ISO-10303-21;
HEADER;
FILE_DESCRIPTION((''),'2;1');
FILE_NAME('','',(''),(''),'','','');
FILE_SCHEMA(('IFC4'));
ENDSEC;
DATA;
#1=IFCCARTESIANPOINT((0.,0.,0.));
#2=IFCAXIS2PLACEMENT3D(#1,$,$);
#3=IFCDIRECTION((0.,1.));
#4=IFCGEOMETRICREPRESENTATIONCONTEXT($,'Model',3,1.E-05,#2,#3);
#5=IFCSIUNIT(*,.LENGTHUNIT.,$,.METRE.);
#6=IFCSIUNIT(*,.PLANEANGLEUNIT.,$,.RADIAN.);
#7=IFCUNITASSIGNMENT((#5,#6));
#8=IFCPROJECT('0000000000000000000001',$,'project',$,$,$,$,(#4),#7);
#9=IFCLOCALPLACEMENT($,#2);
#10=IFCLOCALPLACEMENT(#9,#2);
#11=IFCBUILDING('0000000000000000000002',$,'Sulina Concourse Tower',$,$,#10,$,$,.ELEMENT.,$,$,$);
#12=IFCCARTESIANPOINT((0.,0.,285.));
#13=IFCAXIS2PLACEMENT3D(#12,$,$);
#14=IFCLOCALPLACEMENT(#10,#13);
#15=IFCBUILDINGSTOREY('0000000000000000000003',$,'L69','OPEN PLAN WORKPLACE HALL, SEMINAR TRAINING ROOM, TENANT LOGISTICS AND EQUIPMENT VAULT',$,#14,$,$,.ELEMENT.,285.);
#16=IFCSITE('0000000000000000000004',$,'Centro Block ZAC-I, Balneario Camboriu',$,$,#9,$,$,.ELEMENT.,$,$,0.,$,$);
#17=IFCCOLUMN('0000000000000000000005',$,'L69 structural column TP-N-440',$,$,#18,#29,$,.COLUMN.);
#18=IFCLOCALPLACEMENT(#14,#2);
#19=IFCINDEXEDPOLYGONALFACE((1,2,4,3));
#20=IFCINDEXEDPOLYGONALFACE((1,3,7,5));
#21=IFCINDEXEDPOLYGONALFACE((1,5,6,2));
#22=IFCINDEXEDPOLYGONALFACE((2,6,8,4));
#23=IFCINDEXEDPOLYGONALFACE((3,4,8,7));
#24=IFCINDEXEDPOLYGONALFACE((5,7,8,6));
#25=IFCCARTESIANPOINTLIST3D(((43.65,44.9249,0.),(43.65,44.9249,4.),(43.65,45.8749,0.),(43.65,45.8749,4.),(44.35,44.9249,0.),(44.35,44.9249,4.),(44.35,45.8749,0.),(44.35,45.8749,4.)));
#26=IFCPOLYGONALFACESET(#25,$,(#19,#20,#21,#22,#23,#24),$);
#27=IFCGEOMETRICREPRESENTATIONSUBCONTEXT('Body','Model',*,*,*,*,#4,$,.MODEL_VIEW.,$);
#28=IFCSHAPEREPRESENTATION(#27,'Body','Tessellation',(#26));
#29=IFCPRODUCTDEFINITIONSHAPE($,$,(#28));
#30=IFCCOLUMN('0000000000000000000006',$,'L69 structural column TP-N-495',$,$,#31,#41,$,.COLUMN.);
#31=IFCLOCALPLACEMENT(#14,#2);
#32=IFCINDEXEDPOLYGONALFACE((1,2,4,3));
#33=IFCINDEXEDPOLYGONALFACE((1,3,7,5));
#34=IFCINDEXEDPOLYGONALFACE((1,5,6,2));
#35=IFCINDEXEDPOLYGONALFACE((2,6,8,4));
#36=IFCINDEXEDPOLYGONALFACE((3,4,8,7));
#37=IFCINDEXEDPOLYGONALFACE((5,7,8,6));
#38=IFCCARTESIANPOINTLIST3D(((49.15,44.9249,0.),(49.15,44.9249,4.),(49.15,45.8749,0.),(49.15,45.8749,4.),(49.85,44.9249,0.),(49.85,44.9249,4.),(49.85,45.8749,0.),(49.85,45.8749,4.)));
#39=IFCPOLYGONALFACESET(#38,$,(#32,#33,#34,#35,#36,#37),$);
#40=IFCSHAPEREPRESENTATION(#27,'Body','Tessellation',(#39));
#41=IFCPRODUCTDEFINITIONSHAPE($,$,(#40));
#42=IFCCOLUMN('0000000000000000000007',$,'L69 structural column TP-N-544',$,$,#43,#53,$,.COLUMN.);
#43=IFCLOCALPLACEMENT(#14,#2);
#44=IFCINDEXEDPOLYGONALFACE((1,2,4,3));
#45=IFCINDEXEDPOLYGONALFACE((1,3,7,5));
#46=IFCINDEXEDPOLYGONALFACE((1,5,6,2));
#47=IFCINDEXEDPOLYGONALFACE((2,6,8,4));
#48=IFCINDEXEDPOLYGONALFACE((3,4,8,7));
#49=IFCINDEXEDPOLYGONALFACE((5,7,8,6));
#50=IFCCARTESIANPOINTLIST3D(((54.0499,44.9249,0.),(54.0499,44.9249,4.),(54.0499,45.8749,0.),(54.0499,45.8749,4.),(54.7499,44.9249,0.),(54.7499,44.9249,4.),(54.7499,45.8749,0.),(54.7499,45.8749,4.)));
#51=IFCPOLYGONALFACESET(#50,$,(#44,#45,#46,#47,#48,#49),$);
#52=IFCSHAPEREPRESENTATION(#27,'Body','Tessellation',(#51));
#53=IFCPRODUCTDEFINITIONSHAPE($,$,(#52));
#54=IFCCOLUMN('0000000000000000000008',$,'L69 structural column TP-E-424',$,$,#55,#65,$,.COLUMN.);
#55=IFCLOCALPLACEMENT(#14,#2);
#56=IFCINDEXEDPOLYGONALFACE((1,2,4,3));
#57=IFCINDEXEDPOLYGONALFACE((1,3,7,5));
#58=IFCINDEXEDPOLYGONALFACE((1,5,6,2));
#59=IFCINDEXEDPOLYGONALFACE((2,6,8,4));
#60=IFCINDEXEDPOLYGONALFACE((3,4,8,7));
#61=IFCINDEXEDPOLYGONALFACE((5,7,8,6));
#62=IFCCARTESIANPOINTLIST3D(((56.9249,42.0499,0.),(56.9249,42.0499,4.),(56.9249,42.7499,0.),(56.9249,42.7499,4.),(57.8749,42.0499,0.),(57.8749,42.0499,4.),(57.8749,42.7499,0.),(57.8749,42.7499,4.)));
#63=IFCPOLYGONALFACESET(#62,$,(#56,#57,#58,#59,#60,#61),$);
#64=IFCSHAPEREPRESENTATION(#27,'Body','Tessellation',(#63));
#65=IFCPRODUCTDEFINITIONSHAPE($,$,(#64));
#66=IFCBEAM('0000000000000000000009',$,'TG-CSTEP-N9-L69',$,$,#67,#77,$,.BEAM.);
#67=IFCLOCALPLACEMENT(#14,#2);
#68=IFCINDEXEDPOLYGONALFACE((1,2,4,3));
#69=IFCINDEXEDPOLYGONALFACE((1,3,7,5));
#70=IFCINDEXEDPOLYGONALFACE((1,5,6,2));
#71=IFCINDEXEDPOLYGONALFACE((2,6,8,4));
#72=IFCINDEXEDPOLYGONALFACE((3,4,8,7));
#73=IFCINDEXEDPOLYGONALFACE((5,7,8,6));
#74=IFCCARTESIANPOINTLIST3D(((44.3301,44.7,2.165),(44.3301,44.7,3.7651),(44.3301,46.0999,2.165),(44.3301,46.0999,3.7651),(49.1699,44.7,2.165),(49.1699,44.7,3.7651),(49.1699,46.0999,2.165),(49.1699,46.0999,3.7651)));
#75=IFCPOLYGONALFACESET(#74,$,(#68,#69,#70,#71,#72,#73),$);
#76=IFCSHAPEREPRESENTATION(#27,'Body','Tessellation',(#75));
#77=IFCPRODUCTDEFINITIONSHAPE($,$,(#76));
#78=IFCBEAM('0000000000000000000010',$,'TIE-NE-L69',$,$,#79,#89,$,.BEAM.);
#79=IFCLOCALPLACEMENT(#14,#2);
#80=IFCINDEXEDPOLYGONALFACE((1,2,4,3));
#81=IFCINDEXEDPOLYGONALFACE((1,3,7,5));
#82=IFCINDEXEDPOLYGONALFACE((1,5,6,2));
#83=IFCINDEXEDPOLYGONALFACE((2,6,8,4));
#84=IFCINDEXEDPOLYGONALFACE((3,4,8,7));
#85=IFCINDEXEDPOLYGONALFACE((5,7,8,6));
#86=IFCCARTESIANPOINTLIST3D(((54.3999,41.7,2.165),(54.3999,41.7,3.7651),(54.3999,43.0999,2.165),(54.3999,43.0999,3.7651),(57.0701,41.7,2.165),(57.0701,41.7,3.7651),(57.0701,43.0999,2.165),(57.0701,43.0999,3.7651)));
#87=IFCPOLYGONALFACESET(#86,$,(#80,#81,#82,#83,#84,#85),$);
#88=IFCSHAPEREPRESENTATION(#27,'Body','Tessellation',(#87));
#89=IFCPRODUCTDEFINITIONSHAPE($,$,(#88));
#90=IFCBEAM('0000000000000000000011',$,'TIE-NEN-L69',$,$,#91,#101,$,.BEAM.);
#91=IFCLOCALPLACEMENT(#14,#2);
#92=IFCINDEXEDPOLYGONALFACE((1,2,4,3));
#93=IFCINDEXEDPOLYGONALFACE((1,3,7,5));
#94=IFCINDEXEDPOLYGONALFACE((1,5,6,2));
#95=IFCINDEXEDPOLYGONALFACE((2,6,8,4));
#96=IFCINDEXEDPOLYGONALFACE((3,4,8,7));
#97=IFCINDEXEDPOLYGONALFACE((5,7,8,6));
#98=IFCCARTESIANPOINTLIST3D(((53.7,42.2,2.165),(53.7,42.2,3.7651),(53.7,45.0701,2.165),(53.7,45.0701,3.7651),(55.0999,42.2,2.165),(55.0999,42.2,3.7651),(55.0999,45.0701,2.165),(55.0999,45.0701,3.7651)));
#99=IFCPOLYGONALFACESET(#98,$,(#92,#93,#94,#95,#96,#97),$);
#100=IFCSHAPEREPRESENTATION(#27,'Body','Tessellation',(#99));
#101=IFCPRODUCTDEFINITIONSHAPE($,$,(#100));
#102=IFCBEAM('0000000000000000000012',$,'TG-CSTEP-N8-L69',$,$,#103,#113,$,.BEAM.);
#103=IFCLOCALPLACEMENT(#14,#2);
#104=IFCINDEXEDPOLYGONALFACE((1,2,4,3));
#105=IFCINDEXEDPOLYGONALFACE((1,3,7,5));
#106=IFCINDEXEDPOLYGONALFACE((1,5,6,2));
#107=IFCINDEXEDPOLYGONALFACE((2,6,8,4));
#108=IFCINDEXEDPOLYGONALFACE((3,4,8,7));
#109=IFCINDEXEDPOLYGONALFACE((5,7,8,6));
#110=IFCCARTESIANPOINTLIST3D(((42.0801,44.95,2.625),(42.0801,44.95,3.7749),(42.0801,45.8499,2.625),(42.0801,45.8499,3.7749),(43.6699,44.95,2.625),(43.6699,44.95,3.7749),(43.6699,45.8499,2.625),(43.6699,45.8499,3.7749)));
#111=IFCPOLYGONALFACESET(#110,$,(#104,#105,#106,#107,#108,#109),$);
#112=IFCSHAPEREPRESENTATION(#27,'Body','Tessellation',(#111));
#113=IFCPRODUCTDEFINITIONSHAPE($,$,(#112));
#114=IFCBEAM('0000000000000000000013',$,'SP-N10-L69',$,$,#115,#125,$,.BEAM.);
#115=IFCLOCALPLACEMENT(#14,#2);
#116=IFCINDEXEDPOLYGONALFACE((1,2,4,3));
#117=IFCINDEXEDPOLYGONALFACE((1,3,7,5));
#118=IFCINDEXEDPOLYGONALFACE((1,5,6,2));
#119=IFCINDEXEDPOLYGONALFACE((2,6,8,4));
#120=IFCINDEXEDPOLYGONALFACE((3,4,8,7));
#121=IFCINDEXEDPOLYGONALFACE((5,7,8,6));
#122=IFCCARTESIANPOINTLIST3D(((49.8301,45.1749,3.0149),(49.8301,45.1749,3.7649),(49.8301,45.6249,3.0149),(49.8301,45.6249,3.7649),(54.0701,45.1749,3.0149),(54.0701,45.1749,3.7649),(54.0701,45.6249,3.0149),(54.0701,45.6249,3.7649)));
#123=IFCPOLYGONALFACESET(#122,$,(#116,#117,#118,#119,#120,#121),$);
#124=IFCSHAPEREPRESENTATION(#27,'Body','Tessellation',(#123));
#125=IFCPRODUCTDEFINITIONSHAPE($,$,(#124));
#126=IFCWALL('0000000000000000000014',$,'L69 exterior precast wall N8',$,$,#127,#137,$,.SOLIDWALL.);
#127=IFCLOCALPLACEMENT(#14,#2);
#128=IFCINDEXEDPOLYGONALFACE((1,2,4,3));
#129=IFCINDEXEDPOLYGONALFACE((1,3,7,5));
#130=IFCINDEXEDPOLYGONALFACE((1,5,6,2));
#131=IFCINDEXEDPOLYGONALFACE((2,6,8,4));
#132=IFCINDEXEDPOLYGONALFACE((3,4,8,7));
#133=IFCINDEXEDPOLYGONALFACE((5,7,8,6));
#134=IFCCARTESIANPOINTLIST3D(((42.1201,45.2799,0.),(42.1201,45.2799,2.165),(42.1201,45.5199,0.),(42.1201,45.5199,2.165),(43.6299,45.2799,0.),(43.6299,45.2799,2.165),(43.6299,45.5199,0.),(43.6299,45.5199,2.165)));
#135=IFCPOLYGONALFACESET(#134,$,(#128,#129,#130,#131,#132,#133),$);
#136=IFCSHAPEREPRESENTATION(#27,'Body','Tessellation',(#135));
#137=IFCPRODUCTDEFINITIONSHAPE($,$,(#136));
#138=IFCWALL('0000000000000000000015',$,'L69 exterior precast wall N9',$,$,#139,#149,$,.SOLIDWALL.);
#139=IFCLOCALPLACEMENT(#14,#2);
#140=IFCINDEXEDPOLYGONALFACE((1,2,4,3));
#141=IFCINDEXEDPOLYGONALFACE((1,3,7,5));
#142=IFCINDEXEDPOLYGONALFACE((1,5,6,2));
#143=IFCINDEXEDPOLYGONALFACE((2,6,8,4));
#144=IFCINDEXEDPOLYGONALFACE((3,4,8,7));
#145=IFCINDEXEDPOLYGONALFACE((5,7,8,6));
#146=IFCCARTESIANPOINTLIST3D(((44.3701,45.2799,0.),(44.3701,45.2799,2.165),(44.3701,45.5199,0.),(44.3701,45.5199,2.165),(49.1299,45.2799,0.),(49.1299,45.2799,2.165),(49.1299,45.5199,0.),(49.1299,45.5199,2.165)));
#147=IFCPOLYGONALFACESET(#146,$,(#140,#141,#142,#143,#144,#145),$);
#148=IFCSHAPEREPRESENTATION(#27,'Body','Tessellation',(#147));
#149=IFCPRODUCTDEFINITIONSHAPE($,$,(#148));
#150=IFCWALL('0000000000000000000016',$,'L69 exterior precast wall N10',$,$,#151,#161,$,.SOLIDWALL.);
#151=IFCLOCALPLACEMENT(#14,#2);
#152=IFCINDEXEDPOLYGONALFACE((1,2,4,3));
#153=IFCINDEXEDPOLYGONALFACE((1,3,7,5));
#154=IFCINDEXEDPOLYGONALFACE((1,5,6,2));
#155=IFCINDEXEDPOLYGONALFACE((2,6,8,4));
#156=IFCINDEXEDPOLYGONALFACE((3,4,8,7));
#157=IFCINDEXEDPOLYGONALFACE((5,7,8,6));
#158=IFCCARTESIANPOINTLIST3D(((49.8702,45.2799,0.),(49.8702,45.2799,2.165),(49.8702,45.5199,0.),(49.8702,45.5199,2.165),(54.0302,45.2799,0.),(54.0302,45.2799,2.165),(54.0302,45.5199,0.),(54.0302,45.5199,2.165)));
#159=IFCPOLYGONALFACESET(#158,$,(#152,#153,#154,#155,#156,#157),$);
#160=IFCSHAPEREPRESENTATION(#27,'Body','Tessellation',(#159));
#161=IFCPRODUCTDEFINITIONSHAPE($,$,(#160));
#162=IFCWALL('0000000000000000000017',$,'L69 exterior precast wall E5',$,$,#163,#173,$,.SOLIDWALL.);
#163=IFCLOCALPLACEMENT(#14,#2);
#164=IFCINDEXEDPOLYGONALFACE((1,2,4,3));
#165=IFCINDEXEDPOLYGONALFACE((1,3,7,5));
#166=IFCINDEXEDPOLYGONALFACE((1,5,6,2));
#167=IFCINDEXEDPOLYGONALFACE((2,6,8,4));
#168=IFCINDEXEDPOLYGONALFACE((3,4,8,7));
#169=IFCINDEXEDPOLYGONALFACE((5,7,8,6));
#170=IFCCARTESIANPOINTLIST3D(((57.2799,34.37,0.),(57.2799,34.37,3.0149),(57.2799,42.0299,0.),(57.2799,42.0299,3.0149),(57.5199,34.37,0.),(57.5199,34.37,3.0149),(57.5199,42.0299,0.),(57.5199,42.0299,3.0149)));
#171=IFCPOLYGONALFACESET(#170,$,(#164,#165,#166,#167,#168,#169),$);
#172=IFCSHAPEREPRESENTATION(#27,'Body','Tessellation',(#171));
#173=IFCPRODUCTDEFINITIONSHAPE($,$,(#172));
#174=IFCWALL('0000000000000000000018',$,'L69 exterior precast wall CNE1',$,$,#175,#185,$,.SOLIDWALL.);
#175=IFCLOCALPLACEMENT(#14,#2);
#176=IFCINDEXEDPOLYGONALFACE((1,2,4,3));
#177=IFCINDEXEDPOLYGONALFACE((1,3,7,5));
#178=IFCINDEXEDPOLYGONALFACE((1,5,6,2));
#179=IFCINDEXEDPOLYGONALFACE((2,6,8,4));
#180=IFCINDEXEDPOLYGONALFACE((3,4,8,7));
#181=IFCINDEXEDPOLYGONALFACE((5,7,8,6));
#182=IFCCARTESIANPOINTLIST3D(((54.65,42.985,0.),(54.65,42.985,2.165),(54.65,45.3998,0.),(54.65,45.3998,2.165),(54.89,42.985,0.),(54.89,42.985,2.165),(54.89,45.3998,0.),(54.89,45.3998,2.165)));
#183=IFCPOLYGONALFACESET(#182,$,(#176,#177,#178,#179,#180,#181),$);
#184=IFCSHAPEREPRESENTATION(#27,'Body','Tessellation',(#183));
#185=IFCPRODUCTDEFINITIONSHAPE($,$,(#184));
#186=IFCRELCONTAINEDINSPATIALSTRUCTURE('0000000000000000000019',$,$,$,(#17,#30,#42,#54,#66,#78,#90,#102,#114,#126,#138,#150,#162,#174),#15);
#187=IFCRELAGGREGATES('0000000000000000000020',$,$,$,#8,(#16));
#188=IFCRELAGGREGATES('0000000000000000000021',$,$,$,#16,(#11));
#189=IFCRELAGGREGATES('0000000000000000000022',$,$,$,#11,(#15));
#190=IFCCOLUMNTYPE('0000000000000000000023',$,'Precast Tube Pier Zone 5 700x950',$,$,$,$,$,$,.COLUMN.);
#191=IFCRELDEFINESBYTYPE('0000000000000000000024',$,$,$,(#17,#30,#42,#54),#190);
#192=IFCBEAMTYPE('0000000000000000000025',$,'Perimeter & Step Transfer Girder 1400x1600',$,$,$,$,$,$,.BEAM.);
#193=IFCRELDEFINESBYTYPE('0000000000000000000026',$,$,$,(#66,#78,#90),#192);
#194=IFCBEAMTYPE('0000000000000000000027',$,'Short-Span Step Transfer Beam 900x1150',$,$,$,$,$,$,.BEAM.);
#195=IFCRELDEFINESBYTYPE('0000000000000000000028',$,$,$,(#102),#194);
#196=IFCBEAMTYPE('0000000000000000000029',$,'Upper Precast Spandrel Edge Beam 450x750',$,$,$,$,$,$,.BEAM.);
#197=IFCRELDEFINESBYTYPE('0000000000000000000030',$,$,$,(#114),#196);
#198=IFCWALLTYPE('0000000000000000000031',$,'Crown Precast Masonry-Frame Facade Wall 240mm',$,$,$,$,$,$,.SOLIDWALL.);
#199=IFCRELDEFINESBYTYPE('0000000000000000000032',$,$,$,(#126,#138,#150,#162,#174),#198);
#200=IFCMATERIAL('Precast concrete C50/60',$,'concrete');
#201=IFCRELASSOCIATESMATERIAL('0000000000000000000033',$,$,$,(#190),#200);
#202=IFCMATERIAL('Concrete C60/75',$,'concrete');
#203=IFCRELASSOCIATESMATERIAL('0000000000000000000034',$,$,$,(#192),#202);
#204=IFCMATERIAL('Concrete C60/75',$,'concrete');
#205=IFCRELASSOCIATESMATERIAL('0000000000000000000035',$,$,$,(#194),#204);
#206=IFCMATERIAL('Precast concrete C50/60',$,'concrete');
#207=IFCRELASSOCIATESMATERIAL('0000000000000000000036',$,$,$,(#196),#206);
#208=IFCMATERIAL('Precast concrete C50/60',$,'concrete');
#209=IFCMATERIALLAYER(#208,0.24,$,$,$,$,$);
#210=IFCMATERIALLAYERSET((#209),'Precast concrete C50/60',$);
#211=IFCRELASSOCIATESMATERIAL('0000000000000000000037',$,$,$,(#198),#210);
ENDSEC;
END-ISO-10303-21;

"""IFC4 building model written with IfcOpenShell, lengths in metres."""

from ifc_helpers import new_model, si_unit, direction, frame, frame_2d, origin, origin_2d, place, context, subcontext, project, spatial, rectangle, extrude, material, layer, layer_set, material_profile, profile_set, type_object, element, save


model = new_model("IFC4")

# Units and contexts
model_context = context("Model", 3, precision=1e-05, world=origin(), true_north=direction((0.0, 1.0)))
body_context = subcontext(model_context, "Body", "Model", "MODEL_VIEW")
ifc_project = project(units=[si_unit("LENGTHUNIT", "METRE"), si_unit("PLANEANGLEUNIT", "RADIAN")], contexts=[model_context])

# Site, building, storey
site_placement = place(None, origin())
site = spatial("IfcSite", under=ifc_project, at=site_placement, Name="Centro Block ZAC-I, Balneario Camboriu", CompositionType="ELEMENT", RefElevation=0.0)
building_placement = place(site_placement, origin())
building = spatial("IfcBuilding", under=site, at=building_placement, Name="Sulina Concourse Tower", CompositionType="ELEMENT")
storey_placement = place(building_placement, frame((0.0, 0.0, 285.0)))
storey = spatial("IfcBuildingStorey", under=building, at=storey_placement, Name="L69", Description="OPEN PLAN WORKPLACE HALL, SEMINAR TRAINING ROOM, TENANT LOGISTICS AND EQUIPMENT VAULT", CompositionType="ELEMENT", Elevation=285.0)

# Columns
ifc_material_1 = material(Name="Precast concrete C50/60", Category="concrete")
ifc_material_profile_1 = material_profile(ifc_material_1, rectangle(XDim=0.7, YDim=0.95, at=origin_2d()), Name="PC 700x950")
ifc_profile_set_1 = profile_set([ifc_material_profile_1], Name="Precast concrete C50/60")
column_type = type_object("IfcColumnType", Name="Precast Tube Pier Zone 5 700x950", PredefinedType="COLUMN", material=ifc_profile_set_1)
for number, where, z_axis, x_axis, name in (
    (1, (44.0, 45.3999, 0.0), (0.0, 0.0, 1.0), (1.0, 0.0, 0.0), "L69 structural column TP-N-440"),
    (2, (49.5, 45.3999, 0.0), (0.0, 0.0, 1.0), (1.0, 0.0, 0.0), "L69 structural column TP-N-495"),
    (3, (54.3999, 45.3999, 0.0), (0.0, 0.0, 1.0), (1.0, 0.0, 0.0), "L69 structural column TP-N-544"),
    (4, (57.3999, 42.3999, 0.0), (0.0, 0.0, 1.0), (0.0, 1.0, 0.0), "L69 structural column TP-E-424"),
):
    element("IfcColumn", number, at=place(storey_placement, frame(where, z_axis=z_axis, x_axis=x_axis)), inside=storey, type_object=column_type, Name=name, PredefinedType="COLUMN", context=body_context, shape_type="SweptSolid", body=[
        extrude(rectangle(XDim=0.7, YDim=0.95, at=origin_2d()), origin(), (0.0, 0.0, 1.0), 4.0),
    ])

# Beams
ifc_material_2 = material(Name="Concrete C60/75", Category="concrete")
ifc_material_profile_2 = material_profile(ifc_material_2, rectangle(XDim=1.3999, YDim=1.6001, at=origin_2d()), Name="RC 1400x1600")
ifc_profile_set_2 = profile_set([ifc_material_profile_2], Name="Concrete C60/75")
beam_type_1 = type_object("IfcBeamType", Name="Perimeter & Step Transfer Girder 1400x1600", PredefinedType="BEAM", material=ifc_profile_set_2)
beam_1_placement = place(storey_placement, frame((44.3301, 45.3999, 2.9651), z_axis=(1.0, 0.0, 0.0), x_axis=(0.0, 1.0, 0.0)))
element("IfcBeam", 5, at=beam_1_placement, inside=storey, type_object=beam_type_1, Name="TG-CSTEP-N9-L69", PredefinedType="BEAM", context=body_context, shape_type="SweptSolid", body=[
    extrude(rectangle(XDim=1.3999, YDim=1.6001, at=origin_2d()), origin(), (0.0, 0.0, 1.0), 4.8398),
])
beam_2_placement = place(storey_placement, frame((54.3999, 42.3999, 2.9651), z_axis=(1.0, 0.0, 0.0), x_axis=(0.0, 1.0, 0.0)))
element("IfcBeam", 6, at=beam_2_placement, inside=storey, type_object=beam_type_1, Name="TIE-NE-L69", PredefinedType="BEAM", context=body_context, shape_type="SweptSolid", body=[
    extrude(rectangle(XDim=1.3999, YDim=1.6001, at=origin_2d()), origin(), (0.0, 0.0, 1.0), 2.6702),
])
beam_3_placement = place(storey_placement, frame((54.3999, 42.2, 2.9651), z_axis=(0.0, 1.0, 0.0), x_axis=(-1.0, 0.0, 0.0)))
element("IfcBeam", 7, at=beam_3_placement, inside=storey, type_object=beam_type_1, Name="TIE-NEN-L69", PredefinedType="BEAM", context=body_context, shape_type="SweptSolid", body=[
    extrude(rectangle(XDim=1.3999, YDim=1.6001, at=origin_2d()), origin(), (0.0, 0.0, 1.0), 2.8701),
])
ifc_material_3 = material(Name="Concrete C60/75", Category="concrete")
ifc_material_profile_3 = material_profile(ifc_material_3, rectangle(XDim=0.8999, YDim=1.1499, at=origin_2d()), Name="RC 900x1150")
ifc_profile_set_3 = profile_set([ifc_material_profile_3], Name="Concrete C60/75")
beam_type_2 = type_object("IfcBeamType", Name="Short-Span Step Transfer Beam 900x1150", PredefinedType="BEAM", material=ifc_profile_set_3)
beam_4_placement = place(storey_placement, frame((42.0801, 45.3999, 3.2), z_axis=(1.0, 0.0, 0.0), x_axis=(0.0, 1.0, 0.0)))
element("IfcBeam", 8, at=beam_4_placement, inside=storey, type_object=beam_type_2, Name="TG-CSTEP-N8-L69", PredefinedType="BEAM", context=body_context, shape_type="SweptSolid", body=[
    extrude(rectangle(XDim=0.8999, YDim=1.1499, at=origin_2d()), origin(), (0.0, 0.0, 1.0), 1.5898),
])
ifc_material_4 = material(Name="Precast concrete C50/60", Category="concrete")
ifc_material_profile_4 = material_profile(ifc_material_4, rectangle(XDim=0.45, YDim=0.75, at=origin_2d()), Name="RC 450x750")
ifc_profile_set_4 = profile_set([ifc_material_profile_4], Name="Precast concrete C50/60")
beam_type_3 = type_object("IfcBeamType", Name="Upper Precast Spandrel Edge Beam 450x750", PredefinedType="BEAM", material=ifc_profile_set_4)
beam_5_placement = place(storey_placement, frame((49.8301, 45.3999, 3.3899), z_axis=(1.0, 0.0, 0.0), x_axis=(0.0, 1.0, 0.0)))
element("IfcBeam", 9, at=beam_5_placement, inside=storey, type_object=beam_type_3, Name="SP-N10-L69", PredefinedType="BEAM", context=body_context, shape_type="SweptSolid", body=[
    extrude(rectangle(XDim=0.45, YDim=0.75, at=origin_2d()), origin(), (0.0, 0.0, 1.0), 4.24),
])

# Walls
ifc_material_5 = material(Name="Precast concrete C50/60", Category="concrete")
ifc_layer_1 = layer(ifc_material_5, 0.24)
ifc_layer_set_1 = layer_set([ifc_layer_1], Name="Precast concrete C50/60")
wall_type_1 = type_object("IfcWallType", Name="Crown Precast Masonry-Frame Facade Wall 240mm", PredefinedType="SOLIDWALL", material=ifc_layer_set_1)
wall_1_placement = place(storey_placement, frame((42.1201, 45.3999, 0.0), z_axis=(0.0, 0.0, 1.0), x_axis=(1.0, 0.0, 0.0)))
element("IfcWall", 10, at=wall_1_placement, inside=storey, type_object=wall_type_1, Name="L69 exterior precast wall N8", PredefinedType="SOLIDWALL", context=body_context, shape_type="SweptSolid", body=[
    extrude(rectangle(XDim=1.5098, YDim=0.24, at=frame_2d((0.7549, 0.0))), origin(), (0.0, 0.0, 1.0), 2.165),
])
wall_2_placement = place(storey_placement, frame((44.3701, 45.3999, 0.0), z_axis=(0.0, 0.0, 1.0), x_axis=(1.0, 0.0, 0.0)))
element("IfcWall", 11, at=wall_2_placement, inside=storey, type_object=wall_type_1, Name="L69 exterior precast wall N9", PredefinedType="SOLIDWALL", context=body_context, shape_type="SweptSolid", body=[
    extrude(rectangle(XDim=4.7598, YDim=0.24, at=frame_2d((2.3799, 0.0))), origin(), (0.0, 0.0, 1.0), 2.165),
])
wall_3_placement = place(storey_placement, frame((49.8701, 45.3999, 0.0), z_axis=(0.0, 0.0, 1.0), x_axis=(1.0, 0.0, 0.0)))
element("IfcWall", 12, at=wall_3_placement, inside=storey, type_object=wall_type_1, Name="L69 exterior precast wall N10", PredefinedType="SOLIDWALL", context=body_context, shape_type="SweptSolid", body=[
    extrude(rectangle(XDim=4.1599, YDim=0.24, at=frame_2d((2.0801, 0.0))), origin(), (0.0, 0.0, 1.0), 2.165),
])
wall_4_placement = place(storey_placement, frame((57.3999, 42.03, 0.0), z_axis=(0.0, 0.0, 1.0), x_axis=(0.0, -1.0, 0.0)))
element("IfcWall", 13, at=wall_4_placement, inside=storey, type_object=wall_type_1, Name="L69 exterior precast wall E5", PredefinedType="SOLIDWALL", context=body_context, shape_type="SweptSolid", body=[
    extrude(rectangle(XDim=7.6599, YDim=0.24, at=frame_2d((3.8301, 0.0))), origin(), (0.0, 0.0, 1.0), 3.0149),
])
wall_5_placement = place(storey_placement, frame((54.77, 45.3999, 0.0), z_axis=(0.0, 0.0, 1.0), x_axis=(0.0, -1.0, 0.0)))
element("IfcWall", 14, at=wall_5_placement, inside=storey, type_object=wall_type_1, Name="L69 exterior precast wall CNE1", PredefinedType="SOLIDWALL", context=body_context, shape_type="SweptSolid", body=[
    extrude(rectangle(XDim=2.4148, YDim=0.24, at=frame_2d((1.2075, 0.0))), origin(), (0.0, 0.0, 1.0), 2.165),
])

save(model, "model.ifc")
